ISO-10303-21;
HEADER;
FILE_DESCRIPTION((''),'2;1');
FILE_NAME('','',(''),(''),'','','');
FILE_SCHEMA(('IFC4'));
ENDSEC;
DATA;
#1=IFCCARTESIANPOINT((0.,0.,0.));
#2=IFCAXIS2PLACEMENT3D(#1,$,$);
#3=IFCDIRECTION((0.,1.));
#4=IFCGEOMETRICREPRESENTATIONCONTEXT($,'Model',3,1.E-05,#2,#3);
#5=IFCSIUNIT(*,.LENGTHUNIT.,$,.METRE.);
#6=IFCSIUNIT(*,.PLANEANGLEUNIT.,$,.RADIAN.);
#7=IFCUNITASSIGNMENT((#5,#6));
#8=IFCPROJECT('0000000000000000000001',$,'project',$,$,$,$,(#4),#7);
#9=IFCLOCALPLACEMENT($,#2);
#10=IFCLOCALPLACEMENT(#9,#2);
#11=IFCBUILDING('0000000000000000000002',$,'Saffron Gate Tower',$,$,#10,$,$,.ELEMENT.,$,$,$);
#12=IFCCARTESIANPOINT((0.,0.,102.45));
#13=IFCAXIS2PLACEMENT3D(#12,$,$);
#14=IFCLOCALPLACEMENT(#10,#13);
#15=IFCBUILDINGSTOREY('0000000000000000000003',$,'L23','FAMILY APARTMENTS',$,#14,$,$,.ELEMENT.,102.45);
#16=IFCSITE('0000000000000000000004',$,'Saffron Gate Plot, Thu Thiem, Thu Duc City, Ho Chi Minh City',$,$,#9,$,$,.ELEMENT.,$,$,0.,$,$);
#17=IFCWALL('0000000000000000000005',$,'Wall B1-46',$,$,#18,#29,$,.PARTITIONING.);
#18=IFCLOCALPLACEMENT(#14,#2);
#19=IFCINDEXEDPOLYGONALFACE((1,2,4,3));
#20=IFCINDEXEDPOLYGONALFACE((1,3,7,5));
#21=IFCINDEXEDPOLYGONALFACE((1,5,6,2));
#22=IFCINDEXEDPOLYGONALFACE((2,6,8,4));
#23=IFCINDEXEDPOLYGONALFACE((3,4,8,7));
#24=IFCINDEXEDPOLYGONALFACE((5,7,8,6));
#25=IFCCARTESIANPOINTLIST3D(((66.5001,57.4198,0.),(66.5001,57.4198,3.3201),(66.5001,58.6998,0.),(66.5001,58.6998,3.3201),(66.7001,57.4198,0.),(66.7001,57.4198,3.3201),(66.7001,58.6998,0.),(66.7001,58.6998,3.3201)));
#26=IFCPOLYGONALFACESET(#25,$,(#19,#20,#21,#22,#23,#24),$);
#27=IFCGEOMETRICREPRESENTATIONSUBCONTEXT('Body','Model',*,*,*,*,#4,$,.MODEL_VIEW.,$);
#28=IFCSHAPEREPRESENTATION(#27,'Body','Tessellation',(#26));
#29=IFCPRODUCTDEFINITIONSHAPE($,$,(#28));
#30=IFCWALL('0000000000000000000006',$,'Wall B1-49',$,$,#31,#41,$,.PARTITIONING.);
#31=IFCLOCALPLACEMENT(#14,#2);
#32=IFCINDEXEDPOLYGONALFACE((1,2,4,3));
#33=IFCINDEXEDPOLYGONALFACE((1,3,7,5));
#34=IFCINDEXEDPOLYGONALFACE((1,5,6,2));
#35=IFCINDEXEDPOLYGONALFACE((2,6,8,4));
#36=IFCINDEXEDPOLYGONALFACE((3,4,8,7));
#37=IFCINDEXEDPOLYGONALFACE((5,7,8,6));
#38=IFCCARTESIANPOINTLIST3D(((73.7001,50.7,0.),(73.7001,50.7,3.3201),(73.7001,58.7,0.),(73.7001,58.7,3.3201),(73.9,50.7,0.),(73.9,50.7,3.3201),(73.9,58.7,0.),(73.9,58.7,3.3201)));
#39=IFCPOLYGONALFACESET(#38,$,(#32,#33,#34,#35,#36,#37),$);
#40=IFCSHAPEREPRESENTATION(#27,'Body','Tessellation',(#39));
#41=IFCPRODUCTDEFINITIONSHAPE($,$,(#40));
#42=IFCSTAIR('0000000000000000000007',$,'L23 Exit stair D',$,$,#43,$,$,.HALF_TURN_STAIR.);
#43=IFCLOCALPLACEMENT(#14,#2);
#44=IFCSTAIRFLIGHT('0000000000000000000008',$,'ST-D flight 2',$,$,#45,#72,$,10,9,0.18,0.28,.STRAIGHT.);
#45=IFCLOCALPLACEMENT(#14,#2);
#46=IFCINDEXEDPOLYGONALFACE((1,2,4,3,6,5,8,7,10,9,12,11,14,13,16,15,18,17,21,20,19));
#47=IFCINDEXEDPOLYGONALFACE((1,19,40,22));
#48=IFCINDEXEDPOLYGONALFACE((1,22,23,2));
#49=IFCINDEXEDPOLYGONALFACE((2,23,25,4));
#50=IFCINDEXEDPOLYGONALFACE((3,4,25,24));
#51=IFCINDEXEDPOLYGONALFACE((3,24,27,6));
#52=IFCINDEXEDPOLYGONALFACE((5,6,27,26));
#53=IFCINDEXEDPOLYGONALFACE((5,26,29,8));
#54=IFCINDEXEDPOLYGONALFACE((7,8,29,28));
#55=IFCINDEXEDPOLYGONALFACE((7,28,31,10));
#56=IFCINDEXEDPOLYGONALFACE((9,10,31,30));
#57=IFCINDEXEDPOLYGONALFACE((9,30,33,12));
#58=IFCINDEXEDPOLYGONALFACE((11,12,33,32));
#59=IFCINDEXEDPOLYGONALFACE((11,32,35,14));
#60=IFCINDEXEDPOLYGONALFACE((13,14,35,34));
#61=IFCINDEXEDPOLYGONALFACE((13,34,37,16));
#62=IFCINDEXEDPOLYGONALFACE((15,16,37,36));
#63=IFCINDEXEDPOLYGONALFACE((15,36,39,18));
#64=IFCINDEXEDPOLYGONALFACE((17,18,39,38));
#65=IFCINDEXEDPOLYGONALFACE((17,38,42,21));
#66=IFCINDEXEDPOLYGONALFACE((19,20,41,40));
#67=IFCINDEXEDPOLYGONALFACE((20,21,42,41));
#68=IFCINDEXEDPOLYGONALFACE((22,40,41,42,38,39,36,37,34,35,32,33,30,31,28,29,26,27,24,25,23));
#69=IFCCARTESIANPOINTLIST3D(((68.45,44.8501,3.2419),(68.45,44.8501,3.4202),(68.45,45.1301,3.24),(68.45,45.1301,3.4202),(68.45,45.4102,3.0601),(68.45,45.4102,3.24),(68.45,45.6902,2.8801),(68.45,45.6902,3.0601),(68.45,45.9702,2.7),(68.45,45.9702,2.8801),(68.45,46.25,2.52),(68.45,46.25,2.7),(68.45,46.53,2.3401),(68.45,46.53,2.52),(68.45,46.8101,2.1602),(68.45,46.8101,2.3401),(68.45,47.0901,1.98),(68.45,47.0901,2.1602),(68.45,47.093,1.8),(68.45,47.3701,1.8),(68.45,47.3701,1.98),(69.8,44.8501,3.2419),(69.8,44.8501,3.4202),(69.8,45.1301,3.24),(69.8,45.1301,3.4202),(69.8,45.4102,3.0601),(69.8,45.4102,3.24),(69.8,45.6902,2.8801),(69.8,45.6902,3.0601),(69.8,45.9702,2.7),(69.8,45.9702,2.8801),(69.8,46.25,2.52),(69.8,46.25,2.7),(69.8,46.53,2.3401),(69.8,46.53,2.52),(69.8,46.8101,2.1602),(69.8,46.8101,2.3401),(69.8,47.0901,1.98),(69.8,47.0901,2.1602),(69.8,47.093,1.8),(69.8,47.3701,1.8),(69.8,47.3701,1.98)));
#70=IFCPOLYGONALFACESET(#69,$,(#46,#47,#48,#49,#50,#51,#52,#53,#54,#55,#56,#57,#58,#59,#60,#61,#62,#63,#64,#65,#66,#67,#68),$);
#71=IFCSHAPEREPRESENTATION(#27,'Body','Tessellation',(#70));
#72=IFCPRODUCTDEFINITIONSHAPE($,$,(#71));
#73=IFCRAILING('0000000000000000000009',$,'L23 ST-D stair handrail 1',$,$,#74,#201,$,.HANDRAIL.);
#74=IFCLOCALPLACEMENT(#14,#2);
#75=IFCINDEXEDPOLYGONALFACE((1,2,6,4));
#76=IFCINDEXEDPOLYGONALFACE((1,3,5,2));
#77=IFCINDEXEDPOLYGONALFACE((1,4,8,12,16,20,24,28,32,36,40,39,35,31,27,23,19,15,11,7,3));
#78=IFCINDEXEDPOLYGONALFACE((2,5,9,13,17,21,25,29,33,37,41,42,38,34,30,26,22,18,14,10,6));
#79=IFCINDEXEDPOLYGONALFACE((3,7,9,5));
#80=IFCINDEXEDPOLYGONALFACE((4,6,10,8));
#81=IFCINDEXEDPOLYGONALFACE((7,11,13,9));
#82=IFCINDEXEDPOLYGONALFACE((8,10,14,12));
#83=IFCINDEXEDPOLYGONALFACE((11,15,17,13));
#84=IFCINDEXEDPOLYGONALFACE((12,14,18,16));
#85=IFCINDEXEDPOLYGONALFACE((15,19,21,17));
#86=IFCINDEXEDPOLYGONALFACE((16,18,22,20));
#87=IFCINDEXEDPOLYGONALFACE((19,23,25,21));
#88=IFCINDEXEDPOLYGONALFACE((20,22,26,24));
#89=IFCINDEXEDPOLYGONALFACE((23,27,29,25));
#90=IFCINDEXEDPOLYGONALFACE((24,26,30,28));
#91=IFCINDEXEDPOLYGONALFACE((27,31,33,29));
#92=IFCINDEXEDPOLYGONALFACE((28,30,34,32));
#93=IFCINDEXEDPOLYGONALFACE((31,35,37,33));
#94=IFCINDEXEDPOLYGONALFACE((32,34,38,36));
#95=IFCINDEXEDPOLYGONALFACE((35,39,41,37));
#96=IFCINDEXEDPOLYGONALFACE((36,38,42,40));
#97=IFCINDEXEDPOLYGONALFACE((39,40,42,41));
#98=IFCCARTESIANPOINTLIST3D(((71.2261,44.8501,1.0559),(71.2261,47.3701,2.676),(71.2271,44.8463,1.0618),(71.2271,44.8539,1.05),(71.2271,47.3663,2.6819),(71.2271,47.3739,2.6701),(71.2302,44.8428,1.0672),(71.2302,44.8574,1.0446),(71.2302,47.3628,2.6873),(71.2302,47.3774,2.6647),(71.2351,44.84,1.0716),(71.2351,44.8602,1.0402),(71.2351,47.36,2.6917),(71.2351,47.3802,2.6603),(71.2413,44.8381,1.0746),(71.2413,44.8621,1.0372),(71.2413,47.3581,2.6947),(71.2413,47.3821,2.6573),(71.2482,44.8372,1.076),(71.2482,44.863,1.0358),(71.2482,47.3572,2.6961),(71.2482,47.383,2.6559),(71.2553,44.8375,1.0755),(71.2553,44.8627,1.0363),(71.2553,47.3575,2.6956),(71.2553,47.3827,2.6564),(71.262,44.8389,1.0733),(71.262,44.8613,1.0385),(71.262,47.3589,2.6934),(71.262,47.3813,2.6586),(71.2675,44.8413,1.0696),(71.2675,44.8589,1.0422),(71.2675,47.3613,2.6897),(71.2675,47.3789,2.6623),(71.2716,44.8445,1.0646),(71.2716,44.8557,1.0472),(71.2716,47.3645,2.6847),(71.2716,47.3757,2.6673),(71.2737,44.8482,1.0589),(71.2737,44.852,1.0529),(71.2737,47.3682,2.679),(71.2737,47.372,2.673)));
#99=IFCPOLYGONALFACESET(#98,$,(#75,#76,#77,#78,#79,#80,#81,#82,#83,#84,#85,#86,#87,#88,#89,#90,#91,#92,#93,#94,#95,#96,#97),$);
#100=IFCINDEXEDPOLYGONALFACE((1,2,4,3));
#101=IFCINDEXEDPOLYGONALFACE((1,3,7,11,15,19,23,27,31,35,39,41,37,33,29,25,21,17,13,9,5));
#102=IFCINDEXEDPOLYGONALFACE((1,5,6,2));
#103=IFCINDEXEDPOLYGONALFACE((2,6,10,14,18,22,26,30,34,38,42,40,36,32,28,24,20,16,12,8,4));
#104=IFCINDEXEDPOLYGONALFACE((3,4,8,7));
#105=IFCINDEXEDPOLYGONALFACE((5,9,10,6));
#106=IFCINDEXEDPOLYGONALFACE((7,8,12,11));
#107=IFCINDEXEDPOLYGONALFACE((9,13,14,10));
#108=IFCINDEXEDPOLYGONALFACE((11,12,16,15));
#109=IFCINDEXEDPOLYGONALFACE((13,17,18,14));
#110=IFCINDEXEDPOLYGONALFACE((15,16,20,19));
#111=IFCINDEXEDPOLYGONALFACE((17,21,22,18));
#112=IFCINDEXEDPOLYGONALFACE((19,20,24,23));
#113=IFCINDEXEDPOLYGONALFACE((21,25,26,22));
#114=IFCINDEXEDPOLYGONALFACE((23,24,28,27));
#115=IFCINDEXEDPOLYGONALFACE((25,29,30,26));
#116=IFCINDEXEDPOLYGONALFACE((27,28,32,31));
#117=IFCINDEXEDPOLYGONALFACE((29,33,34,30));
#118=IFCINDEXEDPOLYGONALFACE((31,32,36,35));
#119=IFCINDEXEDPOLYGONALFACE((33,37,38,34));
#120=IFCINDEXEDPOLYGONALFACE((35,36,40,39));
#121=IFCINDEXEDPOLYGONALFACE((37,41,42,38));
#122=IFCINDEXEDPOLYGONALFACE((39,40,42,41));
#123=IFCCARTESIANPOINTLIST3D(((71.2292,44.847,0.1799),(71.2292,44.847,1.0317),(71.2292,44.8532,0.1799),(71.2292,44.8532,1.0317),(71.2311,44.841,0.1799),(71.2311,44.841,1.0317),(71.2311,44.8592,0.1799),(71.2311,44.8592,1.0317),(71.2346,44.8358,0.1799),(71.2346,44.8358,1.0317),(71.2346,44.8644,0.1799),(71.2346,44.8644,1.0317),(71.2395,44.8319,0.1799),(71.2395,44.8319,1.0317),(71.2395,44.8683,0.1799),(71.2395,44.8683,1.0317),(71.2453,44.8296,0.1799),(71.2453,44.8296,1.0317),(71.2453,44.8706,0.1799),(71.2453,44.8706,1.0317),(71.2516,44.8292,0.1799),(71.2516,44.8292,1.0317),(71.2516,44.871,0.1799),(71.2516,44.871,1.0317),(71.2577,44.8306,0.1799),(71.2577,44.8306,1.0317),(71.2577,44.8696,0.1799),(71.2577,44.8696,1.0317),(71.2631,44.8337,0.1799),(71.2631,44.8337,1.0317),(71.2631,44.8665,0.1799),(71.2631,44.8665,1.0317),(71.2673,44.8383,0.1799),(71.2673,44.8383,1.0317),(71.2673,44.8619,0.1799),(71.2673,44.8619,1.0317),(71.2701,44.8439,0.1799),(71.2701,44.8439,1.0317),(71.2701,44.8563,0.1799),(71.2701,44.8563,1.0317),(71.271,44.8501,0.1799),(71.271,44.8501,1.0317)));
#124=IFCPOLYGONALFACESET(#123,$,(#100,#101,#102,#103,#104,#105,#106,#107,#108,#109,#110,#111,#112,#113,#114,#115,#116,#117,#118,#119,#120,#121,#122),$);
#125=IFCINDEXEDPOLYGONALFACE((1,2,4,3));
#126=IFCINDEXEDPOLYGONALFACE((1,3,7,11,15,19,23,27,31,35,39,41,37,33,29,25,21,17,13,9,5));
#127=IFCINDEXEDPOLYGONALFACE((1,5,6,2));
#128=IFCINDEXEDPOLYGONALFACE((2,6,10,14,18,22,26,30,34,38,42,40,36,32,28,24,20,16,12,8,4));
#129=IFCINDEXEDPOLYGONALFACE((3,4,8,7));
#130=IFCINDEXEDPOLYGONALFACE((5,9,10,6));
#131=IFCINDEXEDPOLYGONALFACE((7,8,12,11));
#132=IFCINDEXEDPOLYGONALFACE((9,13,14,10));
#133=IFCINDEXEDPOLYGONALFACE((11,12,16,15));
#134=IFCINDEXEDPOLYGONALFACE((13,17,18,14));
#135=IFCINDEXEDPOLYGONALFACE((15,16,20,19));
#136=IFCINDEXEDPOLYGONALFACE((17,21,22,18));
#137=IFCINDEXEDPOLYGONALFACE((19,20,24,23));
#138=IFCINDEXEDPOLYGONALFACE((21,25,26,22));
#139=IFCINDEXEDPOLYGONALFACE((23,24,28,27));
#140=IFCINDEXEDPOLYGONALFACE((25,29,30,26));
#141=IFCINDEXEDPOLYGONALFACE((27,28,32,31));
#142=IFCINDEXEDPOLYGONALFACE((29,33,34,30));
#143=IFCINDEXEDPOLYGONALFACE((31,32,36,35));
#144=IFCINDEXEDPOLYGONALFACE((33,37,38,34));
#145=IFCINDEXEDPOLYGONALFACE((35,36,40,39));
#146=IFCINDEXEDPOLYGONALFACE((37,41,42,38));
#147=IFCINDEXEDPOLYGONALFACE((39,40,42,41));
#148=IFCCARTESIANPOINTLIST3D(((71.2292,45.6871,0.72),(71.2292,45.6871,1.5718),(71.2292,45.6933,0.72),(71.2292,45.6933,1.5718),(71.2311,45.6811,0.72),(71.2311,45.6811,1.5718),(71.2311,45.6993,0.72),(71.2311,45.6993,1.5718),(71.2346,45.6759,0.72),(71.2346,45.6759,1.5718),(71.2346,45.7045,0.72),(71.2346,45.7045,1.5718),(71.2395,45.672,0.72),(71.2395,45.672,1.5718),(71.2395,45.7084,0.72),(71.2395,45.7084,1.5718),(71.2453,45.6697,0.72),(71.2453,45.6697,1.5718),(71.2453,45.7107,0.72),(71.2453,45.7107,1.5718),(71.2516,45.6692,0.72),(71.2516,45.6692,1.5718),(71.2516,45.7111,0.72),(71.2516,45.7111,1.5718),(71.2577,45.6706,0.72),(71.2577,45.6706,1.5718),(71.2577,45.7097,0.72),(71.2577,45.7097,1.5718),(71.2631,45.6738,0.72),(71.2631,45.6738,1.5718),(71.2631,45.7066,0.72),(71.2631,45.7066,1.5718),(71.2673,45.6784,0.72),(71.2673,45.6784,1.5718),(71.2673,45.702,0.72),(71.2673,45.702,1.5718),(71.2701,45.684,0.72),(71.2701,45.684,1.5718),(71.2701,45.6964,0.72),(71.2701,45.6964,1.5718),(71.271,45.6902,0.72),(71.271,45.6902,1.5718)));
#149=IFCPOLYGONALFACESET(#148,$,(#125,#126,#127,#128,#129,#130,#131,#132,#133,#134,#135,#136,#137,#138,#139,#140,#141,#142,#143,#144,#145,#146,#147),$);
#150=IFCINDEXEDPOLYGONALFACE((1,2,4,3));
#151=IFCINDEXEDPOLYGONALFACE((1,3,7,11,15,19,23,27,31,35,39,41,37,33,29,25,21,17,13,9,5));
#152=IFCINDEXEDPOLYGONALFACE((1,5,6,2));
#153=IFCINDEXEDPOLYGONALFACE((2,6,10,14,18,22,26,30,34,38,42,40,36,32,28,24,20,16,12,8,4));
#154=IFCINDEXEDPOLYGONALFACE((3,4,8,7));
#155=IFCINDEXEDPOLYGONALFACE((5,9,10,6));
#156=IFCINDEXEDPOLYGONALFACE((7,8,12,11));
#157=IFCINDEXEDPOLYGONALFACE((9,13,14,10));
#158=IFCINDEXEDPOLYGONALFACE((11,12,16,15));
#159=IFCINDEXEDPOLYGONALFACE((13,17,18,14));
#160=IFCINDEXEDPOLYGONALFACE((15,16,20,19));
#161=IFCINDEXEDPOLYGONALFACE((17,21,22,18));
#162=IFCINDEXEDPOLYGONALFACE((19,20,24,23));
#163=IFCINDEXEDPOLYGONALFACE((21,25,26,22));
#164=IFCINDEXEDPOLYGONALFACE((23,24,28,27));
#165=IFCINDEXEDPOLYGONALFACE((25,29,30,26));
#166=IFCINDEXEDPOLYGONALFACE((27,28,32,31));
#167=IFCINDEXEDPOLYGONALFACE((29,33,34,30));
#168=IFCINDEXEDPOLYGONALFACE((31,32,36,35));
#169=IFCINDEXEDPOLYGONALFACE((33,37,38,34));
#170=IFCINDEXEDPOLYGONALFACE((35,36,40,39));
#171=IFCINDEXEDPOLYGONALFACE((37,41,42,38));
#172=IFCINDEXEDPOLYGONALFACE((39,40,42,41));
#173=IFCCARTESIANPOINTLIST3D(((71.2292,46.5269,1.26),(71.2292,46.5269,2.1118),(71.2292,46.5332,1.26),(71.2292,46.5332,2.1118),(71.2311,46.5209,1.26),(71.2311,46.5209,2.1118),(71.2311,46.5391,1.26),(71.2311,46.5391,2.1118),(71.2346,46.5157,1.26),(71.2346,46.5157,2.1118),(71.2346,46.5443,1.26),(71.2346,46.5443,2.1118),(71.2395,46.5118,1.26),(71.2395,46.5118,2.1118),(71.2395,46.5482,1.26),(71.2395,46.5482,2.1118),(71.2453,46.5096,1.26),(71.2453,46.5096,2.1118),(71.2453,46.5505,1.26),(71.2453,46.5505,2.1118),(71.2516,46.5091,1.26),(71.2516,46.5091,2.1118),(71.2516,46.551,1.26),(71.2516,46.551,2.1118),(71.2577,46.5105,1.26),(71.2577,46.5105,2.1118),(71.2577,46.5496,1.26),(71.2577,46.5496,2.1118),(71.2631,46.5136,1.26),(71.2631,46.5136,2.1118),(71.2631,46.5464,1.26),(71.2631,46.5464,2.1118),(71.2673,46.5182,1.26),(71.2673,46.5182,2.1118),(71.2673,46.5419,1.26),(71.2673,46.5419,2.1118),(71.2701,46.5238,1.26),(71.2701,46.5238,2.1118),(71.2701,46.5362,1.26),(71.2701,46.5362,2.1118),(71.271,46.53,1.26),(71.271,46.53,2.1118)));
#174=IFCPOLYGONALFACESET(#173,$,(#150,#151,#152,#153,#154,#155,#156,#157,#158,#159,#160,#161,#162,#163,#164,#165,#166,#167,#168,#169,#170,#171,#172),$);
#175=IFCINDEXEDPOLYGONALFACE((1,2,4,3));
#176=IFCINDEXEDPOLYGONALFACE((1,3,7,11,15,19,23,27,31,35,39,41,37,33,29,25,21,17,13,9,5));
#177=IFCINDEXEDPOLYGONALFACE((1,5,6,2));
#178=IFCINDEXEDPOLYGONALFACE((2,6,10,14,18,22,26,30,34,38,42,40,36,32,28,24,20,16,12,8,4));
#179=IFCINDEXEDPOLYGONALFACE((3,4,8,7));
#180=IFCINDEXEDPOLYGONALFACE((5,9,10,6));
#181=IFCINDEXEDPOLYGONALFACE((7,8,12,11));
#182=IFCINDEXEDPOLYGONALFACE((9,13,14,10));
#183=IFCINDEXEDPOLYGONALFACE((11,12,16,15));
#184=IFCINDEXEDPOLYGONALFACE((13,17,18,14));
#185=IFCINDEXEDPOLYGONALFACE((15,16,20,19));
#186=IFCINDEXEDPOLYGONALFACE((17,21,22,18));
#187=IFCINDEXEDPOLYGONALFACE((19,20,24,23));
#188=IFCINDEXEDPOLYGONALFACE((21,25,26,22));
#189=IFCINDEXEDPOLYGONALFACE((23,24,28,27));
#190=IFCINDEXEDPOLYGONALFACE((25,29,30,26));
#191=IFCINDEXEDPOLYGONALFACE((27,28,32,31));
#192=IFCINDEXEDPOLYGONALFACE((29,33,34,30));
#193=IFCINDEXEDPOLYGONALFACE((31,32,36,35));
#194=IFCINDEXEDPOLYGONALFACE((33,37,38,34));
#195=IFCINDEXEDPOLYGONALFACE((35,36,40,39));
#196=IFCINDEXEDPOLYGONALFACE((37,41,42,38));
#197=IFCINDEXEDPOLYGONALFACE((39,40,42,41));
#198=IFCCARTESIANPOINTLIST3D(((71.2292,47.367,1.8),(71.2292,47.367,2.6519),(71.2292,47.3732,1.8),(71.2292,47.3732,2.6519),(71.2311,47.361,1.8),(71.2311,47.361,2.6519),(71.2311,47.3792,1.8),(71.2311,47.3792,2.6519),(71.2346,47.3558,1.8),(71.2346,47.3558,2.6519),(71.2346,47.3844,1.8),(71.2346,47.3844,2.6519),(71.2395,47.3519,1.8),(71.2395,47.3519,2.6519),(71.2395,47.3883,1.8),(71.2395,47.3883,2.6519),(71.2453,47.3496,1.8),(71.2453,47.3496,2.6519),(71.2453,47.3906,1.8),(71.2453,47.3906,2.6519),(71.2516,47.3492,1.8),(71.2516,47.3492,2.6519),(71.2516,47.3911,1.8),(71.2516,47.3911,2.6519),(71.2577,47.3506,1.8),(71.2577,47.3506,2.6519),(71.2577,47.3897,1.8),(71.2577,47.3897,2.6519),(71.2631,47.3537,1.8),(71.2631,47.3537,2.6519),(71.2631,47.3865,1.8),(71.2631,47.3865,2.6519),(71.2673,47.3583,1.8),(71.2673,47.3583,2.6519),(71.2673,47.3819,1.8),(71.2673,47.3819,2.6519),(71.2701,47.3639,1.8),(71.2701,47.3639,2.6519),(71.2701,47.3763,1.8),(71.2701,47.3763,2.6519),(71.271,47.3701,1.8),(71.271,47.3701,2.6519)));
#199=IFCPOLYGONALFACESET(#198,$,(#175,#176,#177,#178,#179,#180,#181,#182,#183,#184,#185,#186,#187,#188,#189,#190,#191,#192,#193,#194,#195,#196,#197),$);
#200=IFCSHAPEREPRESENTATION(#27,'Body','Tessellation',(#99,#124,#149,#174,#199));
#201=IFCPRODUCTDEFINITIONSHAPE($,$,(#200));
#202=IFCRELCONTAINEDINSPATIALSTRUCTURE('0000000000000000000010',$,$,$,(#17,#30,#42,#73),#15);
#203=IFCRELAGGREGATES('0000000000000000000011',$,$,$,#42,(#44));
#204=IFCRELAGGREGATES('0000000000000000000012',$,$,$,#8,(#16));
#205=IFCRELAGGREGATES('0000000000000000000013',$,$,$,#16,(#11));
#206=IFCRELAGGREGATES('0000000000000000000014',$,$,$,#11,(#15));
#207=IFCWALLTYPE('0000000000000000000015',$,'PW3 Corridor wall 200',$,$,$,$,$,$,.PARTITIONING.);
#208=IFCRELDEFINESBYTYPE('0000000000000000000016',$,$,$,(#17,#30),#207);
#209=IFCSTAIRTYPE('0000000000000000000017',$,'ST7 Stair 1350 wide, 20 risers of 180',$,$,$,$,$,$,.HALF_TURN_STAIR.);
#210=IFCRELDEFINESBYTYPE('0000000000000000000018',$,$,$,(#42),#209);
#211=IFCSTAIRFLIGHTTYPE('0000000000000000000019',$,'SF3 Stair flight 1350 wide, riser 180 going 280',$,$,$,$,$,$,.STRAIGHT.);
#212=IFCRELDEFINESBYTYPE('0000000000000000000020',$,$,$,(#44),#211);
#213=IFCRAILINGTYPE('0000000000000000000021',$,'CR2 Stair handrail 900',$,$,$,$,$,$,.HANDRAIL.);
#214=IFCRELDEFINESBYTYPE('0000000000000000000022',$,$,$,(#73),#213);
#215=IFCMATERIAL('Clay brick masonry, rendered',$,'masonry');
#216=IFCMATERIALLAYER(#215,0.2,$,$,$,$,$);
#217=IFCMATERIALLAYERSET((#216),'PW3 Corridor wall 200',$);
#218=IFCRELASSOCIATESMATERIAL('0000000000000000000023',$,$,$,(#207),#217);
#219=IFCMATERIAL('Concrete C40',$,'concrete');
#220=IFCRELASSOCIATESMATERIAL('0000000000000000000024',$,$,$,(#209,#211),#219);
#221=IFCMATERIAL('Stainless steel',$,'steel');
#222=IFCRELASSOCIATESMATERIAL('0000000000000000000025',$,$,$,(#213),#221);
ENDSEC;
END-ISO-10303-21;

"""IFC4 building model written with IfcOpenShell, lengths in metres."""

from ifc_helpers import new_model, si_unit, direction, frame, frame_2d, origin, origin_2d, place, context, subcontext, project, spatial, polyline, rectangle, circle, outline, extrude, material, layer, layer_set, type_object, element, aggregate, save


model = new_model("IFC4")

# Units and contexts
model_context = context("Model", 3, precision=1e-05, world=origin(), true_north=direction((0.0, 1.0)))
body_context = subcontext(model_context, "Body", "Model", "MODEL_VIEW")
ifc_project = project(units=[si_unit("LENGTHUNIT", "METRE"), si_unit("PLANEANGLEUNIT", "RADIAN")], contexts=[model_context])

# Site, building, storey
site_placement = place(None, origin())
site = spatial("IfcSite", under=ifc_project, at=site_placement, Name="Saffron Gate Plot, Thu Thiem, Thu Duc City, Ho Chi Minh City", CompositionType="ELEMENT", RefElevation=0.0)
building_placement = place(site_placement, origin())
building = spatial("IfcBuilding", under=site, at=building_placement, Name="Saffron Gate Tower", CompositionType="ELEMENT")
storey_placement = place(building_placement, frame((0.0, 0.0, 102.45)))
storey = spatial("IfcBuildingStorey", under=building, at=storey_placement, Name="L23", Description="FAMILY APARTMENTS", CompositionType="ELEMENT", Elevation=102.45)

# Shared definitions
ifc_material_1 = material(Name="Clay brick masonry, rendered", Category="masonry")
ifc_layer_1 = layer(ifc_material_1, 0.2)
ifc_layer_set_1 = layer_set([ifc_layer_1], Name="PW3 Corridor wall 200")
wall_type_1 = type_object("IfcWallType", Name="PW3 Corridor wall 200", PredefinedType="PARTITIONING", material=ifc_layer_set_1)

# Walls
wall_1_placement = place(storey_placement, frame((66.6001, 58.7, 0.0), z_axis=(0.0, 0.0, 1.0), x_axis=(0.0, -1.0, 0.0)))
element("IfcWall", 1, at=wall_1_placement, inside=storey, type_object=wall_type_1, Name="Wall B1-46", PredefinedType="PARTITIONING", context=body_context, shape_type="SweptSolid", body=[
    extrude(rectangle(XDim=1.28, YDim=0.2, at=frame_2d((0.6401, 0.0))), origin(), (0.0, 0.0, 1.0), 3.3201),
])
wall_2_placement = place(storey_placement, frame((73.8, 58.7, 0.0), z_axis=(0.0, 0.0, 1.0), x_axis=(0.0, -1.0, 0.0)))
element("IfcWall", 2, at=wall_2_placement, inside=storey, type_object=wall_type_1, Name="Wall B1-49", PredefinedType="PARTITIONING", context=body_context, shape_type="SweptSolid", body=[
    extrude(rectangle(XDim=8.0, YDim=0.2, at=frame_2d((4.0, 0.0))), origin(), (0.0, 0.0, 1.0), 3.3201),
])

# Stair, stair flight
ifc_material_2 = material(Name="Concrete C40", Category="concrete")
stair_type = type_object("IfcStairType", Name="ST7 Stair 1350 wide, 20 risers of 180", PredefinedType="HALF_TURN_STAIR", material=ifc_material_2)
stair_placement = place(storey_placement, origin())
stair = element("IfcStair", 3, at=stair_placement, inside=storey, type_object=stair_type, Name="L23 Exit stair D", PredefinedType="HALF_TURN_STAIR")
stair_flight_type = type_object("IfcStairFlightType", Name="SF3 Stair flight 1350 wide, riser 180 going 280", PredefinedType="STRAIGHT", material=ifc_material_2)
stair_flight_placement = place(storey_placement, frame((69.125, 47.3701, 1.8), z_axis=(0.0, 0.0, 1.0), x_axis=(0.0, -1.0, 0.0)))
stair_flight = element("IfcStairFlight", 4, at=stair_flight_placement, type_object=stair_flight_type, Name="ST-D flight 2", NumberOfRisers=10, NumberOfTreads=9, PredefinedType="STRAIGHT", RiserHeight=0.18, TreadLength=0.28, context=body_context, shape_type="SweptSolid", body=[
    extrude(outline(polyline([(0.0, 0.0), (0.0, 0.1799), (0.28, 0.1799), (0.28, 0.3601), (0.5601, 0.3601), (0.5601, 0.54), (0.8401, 0.54), (0.8401, 0.72), (1.1201, 0.72), (1.1201, 0.8999), (1.3999, 0.8999), (1.3999, 1.0801), (1.6799, 1.0801), (1.6799, 1.26), (1.96, 1.26), (1.96, 1.4399), (2.24, 1.4399), (2.24, 1.6201), (2.52, 1.6201), (2.52, 1.8), (2.52, 1.4419), (0.2771, 0.0), (0.0, 0.0)])), frame((0.0, 0.675, 0.0), z_axis=(0.0, -1.0, 0.0), x_axis=(1.0, 0.0, 0.0)), (0.0, 0.0, 1.0), 1.3501),
])
aggregate(stair, [stair_flight])

# Railing
ifc_material_3 = material(Name="Stainless steel", Category="steel")
railing_type = type_object("IfcRailingType", Name="CR2 Stair handrail 900", PredefinedType="HANDRAIL", material=ifc_material_3)
railing_1_placement = place(storey_placement, frame((71.25, 44.8501, 0.1799)))
element("IfcRailing", 5, at=railing_1_placement, inside=storey, type_object=railing_type, Name="L23 ST-D stair handrail 1", PredefinedType="HANDRAIL", context=body_context, shape_type="SweptSolid", body=[
    extrude(circle(Radius=0.0239, at=origin_2d()), frame((0.0, 0.0, 0.876), z_axis=(0.0, 0.841163, 0.540782), x_axis=(-1.0, 0.0, 0.0)), (0.0, 0.0, 1.0), 2.9958),
    extrude(circle(Radius=0.021, at=origin_2d()), origin(), (0.0, 0.0, 1.0), 0.8518),
    extrude(circle(Radius=0.021, at=origin_2d()), frame((0.0, 0.8401, 0.54)), (0.0, 0.0, 1.0), 0.8518),
    extrude(circle(Radius=0.021, at=origin_2d()), frame((0.0, 1.6799, 1.0801)), (0.0, 0.0, 1.0), 0.8518),
    extrude(circle(Radius=0.021, at=origin_2d()), frame((0.0, 2.52, 1.6201)), (0.0, 0.0, 1.0), 0.8518),
])

save(model, "model.ifc")
